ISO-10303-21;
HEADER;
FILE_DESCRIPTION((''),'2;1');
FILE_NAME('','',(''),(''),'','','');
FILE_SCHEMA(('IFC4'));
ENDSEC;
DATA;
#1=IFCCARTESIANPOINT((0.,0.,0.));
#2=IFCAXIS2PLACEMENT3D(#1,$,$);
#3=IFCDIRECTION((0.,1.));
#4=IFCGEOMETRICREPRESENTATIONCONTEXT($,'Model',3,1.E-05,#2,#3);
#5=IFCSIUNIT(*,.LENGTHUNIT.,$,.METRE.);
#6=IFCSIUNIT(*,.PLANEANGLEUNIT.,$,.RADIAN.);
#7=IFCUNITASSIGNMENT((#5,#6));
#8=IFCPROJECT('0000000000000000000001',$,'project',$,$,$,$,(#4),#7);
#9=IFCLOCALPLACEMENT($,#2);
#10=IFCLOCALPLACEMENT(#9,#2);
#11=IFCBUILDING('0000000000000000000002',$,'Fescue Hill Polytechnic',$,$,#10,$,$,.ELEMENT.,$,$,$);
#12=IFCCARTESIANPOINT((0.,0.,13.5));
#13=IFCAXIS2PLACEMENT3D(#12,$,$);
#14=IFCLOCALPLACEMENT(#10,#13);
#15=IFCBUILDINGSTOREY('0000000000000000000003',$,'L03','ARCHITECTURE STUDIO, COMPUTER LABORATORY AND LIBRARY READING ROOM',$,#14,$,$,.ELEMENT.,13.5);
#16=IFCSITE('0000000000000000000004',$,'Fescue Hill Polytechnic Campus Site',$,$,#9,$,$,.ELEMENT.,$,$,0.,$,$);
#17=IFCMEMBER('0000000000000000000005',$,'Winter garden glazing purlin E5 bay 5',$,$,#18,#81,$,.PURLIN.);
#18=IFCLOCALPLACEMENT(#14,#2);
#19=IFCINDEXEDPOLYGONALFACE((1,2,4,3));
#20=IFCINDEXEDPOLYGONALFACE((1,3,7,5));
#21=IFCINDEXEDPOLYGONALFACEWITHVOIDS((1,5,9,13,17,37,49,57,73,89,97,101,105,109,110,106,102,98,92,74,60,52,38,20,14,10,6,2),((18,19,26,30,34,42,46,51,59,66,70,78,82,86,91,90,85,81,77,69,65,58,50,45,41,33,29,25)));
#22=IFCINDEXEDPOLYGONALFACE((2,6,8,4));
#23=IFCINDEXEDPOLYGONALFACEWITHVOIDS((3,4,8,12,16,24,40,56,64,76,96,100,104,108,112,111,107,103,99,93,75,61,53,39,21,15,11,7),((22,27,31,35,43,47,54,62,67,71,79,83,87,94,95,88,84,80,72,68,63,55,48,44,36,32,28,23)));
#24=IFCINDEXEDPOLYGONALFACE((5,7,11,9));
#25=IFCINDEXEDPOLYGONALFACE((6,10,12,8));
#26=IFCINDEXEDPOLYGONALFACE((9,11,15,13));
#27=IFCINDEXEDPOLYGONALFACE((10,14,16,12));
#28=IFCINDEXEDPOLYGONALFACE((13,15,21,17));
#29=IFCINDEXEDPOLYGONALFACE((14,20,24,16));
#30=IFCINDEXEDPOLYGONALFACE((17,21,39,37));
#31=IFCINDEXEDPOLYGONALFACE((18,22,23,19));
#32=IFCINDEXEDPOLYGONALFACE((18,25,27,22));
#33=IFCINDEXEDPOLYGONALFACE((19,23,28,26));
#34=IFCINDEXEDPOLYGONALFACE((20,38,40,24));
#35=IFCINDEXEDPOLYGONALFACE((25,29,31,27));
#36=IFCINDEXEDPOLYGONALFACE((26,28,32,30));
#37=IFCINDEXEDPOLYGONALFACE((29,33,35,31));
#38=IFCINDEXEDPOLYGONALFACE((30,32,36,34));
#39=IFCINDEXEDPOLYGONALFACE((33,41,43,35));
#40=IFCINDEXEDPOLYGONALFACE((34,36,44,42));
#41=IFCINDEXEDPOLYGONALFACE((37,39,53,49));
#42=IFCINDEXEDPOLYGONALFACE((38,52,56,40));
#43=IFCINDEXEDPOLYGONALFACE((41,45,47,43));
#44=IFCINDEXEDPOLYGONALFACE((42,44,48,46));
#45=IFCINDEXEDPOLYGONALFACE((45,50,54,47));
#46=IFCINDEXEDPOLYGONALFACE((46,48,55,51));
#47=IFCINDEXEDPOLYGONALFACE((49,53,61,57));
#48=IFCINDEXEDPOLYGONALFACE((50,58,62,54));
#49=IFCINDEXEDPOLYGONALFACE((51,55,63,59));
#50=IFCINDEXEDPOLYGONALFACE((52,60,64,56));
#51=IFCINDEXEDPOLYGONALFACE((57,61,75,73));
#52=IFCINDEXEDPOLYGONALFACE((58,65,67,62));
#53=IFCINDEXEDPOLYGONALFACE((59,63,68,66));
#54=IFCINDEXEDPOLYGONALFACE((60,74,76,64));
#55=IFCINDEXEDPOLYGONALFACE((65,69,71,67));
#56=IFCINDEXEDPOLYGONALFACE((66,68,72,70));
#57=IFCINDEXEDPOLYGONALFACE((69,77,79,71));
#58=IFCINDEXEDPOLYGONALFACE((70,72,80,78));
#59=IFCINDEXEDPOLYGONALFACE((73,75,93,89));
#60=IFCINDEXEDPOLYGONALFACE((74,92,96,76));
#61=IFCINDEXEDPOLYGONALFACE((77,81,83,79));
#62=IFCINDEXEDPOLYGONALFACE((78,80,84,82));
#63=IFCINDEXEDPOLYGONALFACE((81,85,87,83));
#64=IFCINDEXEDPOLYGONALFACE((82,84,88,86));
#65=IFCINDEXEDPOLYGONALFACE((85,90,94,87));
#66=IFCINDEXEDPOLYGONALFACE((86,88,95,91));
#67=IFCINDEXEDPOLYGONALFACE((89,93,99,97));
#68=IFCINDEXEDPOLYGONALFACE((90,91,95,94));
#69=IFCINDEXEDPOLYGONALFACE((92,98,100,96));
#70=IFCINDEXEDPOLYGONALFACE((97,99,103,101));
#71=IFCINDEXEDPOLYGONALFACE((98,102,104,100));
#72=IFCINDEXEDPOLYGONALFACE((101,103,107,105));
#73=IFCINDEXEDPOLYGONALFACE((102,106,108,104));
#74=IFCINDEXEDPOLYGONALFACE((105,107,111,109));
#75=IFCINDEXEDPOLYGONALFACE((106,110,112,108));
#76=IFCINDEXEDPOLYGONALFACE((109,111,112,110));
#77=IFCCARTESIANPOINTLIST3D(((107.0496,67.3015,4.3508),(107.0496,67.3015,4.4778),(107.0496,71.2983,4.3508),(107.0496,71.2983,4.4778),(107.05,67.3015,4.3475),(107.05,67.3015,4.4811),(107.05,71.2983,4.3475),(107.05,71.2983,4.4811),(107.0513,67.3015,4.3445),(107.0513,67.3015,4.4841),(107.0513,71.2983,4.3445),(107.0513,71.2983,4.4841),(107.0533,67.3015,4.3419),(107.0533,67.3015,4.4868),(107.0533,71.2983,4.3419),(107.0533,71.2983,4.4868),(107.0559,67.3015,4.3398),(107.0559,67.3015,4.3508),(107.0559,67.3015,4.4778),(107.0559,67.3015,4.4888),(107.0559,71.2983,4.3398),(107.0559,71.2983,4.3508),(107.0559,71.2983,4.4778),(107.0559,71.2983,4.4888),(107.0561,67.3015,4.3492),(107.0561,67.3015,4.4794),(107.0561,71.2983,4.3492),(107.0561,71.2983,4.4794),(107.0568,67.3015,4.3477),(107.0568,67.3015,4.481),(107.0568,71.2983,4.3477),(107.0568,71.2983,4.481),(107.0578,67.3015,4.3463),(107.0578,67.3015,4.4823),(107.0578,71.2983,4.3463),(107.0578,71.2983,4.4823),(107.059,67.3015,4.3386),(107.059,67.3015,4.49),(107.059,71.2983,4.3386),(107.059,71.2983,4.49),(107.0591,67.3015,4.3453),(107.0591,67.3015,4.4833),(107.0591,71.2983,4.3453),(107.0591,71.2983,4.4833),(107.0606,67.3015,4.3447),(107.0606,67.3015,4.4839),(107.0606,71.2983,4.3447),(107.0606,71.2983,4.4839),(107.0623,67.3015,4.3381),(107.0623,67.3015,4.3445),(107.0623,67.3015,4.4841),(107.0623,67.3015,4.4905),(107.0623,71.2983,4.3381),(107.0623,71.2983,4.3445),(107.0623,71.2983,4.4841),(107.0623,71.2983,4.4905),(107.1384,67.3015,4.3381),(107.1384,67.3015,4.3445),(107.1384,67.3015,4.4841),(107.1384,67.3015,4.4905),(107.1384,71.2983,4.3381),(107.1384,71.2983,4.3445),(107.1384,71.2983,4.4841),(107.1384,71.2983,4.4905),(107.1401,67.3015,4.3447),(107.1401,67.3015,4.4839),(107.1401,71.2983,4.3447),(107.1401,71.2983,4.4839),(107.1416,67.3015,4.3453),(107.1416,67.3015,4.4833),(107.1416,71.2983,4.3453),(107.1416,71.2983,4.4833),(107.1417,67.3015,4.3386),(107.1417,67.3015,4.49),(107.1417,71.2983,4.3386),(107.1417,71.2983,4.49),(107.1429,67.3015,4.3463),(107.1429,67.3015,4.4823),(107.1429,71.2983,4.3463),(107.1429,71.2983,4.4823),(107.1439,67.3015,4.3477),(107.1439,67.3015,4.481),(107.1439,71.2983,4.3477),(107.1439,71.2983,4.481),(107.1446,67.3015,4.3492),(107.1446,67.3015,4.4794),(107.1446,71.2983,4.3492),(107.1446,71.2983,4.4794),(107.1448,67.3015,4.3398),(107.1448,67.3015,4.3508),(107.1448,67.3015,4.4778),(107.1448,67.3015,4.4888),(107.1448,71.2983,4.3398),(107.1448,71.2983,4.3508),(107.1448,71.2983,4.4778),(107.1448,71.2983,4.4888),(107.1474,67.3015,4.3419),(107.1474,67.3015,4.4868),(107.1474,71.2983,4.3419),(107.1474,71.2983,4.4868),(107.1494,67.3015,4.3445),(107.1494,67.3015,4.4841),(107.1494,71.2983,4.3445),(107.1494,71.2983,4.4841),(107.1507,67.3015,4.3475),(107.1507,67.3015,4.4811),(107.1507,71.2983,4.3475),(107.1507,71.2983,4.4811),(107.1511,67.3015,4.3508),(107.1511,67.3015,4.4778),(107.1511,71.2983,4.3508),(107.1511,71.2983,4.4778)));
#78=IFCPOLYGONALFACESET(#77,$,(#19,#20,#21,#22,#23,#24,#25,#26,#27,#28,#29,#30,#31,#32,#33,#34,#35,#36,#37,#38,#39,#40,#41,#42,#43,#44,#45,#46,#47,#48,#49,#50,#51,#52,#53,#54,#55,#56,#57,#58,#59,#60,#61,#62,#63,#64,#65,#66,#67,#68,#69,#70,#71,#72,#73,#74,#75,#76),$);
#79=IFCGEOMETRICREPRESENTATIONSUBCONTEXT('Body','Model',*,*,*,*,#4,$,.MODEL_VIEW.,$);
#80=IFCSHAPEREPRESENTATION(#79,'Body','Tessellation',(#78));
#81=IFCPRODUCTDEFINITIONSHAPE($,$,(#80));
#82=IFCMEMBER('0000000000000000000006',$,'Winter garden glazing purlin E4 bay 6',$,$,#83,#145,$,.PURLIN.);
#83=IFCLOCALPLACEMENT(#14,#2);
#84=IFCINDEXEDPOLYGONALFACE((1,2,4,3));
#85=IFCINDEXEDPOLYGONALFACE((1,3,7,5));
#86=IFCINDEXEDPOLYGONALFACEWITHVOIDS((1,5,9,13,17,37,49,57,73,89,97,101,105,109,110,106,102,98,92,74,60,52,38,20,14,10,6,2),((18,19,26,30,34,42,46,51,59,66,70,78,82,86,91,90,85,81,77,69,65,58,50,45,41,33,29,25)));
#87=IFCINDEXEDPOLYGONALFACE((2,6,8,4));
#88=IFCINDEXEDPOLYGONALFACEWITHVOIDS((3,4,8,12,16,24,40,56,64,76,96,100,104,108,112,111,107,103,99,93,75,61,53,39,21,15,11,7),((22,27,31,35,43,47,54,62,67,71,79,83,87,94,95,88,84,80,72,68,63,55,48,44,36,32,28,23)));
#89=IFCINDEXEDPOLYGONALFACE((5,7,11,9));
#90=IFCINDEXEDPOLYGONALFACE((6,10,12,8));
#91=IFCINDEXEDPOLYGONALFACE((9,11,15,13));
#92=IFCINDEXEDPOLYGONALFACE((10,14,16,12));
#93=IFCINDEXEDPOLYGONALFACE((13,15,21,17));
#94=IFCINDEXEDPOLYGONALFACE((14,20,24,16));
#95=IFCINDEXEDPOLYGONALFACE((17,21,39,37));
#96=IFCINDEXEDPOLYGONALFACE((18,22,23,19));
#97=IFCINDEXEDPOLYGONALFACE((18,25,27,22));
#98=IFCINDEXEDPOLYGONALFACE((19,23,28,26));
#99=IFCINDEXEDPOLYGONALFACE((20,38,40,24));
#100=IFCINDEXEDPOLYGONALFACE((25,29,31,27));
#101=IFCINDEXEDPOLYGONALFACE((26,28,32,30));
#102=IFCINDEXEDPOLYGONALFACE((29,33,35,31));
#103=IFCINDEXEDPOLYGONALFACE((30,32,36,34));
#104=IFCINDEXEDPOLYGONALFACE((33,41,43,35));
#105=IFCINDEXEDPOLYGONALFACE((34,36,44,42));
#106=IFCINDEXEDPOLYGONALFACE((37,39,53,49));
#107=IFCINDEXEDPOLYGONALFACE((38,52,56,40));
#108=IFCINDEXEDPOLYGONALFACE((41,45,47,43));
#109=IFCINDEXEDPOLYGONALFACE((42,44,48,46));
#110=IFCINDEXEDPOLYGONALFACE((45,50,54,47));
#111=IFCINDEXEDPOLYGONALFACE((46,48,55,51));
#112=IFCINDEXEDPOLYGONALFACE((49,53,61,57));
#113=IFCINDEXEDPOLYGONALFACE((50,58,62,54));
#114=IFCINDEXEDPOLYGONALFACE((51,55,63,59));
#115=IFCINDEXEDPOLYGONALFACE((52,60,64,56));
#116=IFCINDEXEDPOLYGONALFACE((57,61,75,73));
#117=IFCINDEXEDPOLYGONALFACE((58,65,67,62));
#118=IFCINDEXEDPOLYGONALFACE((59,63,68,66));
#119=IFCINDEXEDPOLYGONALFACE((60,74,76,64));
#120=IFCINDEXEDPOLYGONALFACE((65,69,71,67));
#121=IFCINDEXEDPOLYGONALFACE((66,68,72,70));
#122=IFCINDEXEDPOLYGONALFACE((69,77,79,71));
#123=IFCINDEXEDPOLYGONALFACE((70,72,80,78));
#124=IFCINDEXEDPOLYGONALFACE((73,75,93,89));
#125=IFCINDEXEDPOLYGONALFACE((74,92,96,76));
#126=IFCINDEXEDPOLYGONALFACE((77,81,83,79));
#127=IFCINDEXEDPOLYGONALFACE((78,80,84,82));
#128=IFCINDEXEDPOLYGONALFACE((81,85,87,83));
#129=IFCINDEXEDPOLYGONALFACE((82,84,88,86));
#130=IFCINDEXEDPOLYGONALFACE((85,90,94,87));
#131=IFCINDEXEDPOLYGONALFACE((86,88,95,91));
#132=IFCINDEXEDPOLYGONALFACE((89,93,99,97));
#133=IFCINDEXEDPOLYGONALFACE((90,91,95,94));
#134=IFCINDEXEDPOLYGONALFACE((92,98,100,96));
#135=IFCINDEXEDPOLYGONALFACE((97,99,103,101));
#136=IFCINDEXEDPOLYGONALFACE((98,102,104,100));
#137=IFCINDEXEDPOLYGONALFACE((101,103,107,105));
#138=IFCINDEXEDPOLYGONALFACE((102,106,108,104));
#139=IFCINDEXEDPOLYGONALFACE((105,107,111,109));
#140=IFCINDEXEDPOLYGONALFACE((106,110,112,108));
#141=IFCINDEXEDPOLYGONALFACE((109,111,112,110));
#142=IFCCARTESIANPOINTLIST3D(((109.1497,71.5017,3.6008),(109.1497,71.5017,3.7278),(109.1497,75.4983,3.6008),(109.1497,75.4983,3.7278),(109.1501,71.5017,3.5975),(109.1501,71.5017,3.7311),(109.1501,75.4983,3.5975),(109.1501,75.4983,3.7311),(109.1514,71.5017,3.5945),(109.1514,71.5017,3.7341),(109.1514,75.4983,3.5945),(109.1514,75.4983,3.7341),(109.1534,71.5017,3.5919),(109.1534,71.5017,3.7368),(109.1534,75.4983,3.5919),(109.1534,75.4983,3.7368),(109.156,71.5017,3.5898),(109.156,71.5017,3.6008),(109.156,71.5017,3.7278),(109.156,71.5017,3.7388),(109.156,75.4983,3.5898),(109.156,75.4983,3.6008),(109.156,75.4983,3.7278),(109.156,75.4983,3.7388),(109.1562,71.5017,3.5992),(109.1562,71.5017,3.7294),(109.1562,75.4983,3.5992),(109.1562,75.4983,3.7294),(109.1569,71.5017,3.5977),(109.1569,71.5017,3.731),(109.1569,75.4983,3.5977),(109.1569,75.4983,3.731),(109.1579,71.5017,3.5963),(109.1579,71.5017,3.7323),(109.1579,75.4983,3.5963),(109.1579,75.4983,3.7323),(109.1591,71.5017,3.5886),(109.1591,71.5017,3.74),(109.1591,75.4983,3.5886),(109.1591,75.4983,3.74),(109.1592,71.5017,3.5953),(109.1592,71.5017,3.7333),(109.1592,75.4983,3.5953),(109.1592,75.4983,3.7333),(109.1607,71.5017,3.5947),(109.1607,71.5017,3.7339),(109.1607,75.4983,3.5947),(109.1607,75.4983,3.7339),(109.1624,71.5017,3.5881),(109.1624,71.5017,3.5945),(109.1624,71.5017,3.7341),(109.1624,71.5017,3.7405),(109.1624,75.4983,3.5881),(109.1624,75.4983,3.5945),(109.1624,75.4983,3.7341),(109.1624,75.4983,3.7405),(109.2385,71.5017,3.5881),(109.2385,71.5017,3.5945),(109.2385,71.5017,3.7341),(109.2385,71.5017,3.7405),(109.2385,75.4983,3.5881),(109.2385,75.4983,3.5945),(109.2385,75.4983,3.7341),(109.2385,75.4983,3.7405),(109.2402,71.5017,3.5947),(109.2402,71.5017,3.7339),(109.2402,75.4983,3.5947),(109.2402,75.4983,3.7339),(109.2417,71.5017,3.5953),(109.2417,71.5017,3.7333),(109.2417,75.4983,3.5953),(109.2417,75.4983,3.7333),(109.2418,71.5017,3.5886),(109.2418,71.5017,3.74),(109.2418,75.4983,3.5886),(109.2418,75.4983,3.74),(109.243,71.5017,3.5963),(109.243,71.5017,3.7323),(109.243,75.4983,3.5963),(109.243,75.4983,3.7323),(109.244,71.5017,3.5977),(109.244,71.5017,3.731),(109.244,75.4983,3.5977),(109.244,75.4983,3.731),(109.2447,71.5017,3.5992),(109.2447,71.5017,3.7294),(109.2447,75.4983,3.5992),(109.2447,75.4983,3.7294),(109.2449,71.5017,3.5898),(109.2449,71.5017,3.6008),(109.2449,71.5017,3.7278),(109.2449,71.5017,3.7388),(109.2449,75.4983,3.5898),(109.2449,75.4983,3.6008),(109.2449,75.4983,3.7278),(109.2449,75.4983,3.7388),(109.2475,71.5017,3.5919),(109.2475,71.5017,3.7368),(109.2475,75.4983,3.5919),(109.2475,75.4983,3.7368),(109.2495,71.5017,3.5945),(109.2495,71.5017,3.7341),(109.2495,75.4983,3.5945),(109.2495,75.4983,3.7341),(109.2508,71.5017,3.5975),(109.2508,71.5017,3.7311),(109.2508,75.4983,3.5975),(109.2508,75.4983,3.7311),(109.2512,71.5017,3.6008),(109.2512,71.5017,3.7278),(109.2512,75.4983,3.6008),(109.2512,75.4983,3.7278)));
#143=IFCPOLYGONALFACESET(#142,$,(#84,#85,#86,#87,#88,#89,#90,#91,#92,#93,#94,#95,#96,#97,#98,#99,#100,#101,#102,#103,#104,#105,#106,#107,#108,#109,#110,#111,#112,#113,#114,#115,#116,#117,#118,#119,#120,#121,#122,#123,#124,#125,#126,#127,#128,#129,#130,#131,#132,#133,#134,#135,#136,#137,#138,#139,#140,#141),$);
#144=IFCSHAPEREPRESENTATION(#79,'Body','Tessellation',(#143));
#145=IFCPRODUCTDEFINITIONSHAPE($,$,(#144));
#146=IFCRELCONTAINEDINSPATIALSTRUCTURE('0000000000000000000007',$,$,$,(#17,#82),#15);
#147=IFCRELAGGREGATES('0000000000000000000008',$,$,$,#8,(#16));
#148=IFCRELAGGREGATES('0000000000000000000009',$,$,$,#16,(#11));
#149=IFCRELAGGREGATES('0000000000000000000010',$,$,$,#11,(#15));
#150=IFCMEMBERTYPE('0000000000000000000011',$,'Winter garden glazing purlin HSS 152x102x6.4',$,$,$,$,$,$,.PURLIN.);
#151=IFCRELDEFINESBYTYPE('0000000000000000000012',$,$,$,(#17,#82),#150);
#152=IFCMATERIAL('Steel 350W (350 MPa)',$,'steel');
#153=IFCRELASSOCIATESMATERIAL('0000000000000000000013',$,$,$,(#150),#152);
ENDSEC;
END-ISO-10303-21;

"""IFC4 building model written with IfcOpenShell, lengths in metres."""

from ifc_helpers import new_model, si_unit, direction, frame, origin, origin_2d, place, context, subcontext, project, spatial, hollow_rectangle, extrude, material, material_profile, profile_set, type_object, element, save


model = new_model("IFC4")

# Units and contexts
model_context = context("Model", 3, precision=1e-05, world=origin(), true_north=direction((0.0, 1.0)))
body_context = subcontext(model_context, "Body", "Model", "MODEL_VIEW")
ifc_project = project(units=[si_unit("LENGTHUNIT", "METRE"), si_unit("PLANEANGLEUNIT", "RADIAN")], contexts=[model_context])

# Site, building, storey
site_placement = place(None, origin())
site = spatial("IfcSite", under=ifc_project, at=site_placement, Name="Fescue Hill Polytechnic Campus Site", CompositionType="ELEMENT", RefElevation=0.0)
building_placement = place(site_placement, origin())
building = spatial("IfcBuilding", under=site, at=building_placement, Name="Fescue Hill Polytechnic", CompositionType="ELEMENT")
storey_placement = place(building_placement, frame((0.0, 0.0, 13.5)))
storey = spatial("IfcBuildingStorey", under=building, at=storey_placement, Name="L03", Description="ARCHITECTURE STUDIO, COMPUTER LABORATORY AND LIBRARY READING ROOM", CompositionType="ELEMENT", Elevation=13.5)

# Members
ifc_material_1 = material(Name="Steel 350W (350 MPa)", Category="steel")
ifc_material_profile_1 = material_profile(ifc_material_1, hollow_rectangle(XDim=0.1016, YDim=0.1523, WallThickness=0.0063, InnerFilletRadius=0.0063, OuterFilletRadius=0.0127, at=origin_2d()), Name="Winter garden glazing purlin HSS 152x102x6.4")
ifc_profile_set_1 = profile_set([ifc_material_profile_1], Name="Steel 350W (350 MPa)")
member_type_1 = type_object("IfcMemberType", Name="Winter garden glazing purlin HSS 152x102x6.4", PredefinedType="PURLIN", material=ifc_profile_set_1)
for number, where, z_axis, x_axis, name in (
    (1, (107.1003, 67.3015, 4.4143), (0.0, 1.0, 0.0), (-1.0, 0.0, 0.0), "Winter garden glazing purlin E5 bay 5"),
):
    element("IfcMember", number, at=place(storey_placement, frame(where, z_axis=z_axis, x_axis=x_axis)), inside=storey, type_object=member_type_1, Name=name, PredefinedType="PURLIN", context=body_context, shape_type="SweptSolid", body=[
        extrude(hollow_rectangle(XDim=0.1016, YDim=0.1523, WallThickness=0.0063, InnerFilletRadius=0.0063, OuterFilletRadius=0.0127, at=origin_2d()), origin(), (0.0, 0.0, 1.0), 3.9968),
    ])
for number, where, z_axis, x_axis, name in (
    (2, (109.2004, 71.5017, 3.6643), (0.0, 1.0, 0.0), (-1.0, 0.0, 0.0), "Winter garden glazing purlin E4 bay 6"),
):
    element("IfcMember", number, at=place(storey_placement, frame(where, z_axis=z_axis, x_axis=x_axis)), inside=storey, type_object=member_type_1, Name=name, PredefinedType="PURLIN", context=body_context, shape_type="SweptSolid", body=[
        extrude(hollow_rectangle(XDim=0.1016, YDim=0.1523, WallThickness=0.0063, InnerFilletRadius=0.0063, OuterFilletRadius=0.0127, at=origin_2d()), origin(), (0.0, 0.0, 1.0), 3.9966),
    ])

save(model, "model.ifc")
